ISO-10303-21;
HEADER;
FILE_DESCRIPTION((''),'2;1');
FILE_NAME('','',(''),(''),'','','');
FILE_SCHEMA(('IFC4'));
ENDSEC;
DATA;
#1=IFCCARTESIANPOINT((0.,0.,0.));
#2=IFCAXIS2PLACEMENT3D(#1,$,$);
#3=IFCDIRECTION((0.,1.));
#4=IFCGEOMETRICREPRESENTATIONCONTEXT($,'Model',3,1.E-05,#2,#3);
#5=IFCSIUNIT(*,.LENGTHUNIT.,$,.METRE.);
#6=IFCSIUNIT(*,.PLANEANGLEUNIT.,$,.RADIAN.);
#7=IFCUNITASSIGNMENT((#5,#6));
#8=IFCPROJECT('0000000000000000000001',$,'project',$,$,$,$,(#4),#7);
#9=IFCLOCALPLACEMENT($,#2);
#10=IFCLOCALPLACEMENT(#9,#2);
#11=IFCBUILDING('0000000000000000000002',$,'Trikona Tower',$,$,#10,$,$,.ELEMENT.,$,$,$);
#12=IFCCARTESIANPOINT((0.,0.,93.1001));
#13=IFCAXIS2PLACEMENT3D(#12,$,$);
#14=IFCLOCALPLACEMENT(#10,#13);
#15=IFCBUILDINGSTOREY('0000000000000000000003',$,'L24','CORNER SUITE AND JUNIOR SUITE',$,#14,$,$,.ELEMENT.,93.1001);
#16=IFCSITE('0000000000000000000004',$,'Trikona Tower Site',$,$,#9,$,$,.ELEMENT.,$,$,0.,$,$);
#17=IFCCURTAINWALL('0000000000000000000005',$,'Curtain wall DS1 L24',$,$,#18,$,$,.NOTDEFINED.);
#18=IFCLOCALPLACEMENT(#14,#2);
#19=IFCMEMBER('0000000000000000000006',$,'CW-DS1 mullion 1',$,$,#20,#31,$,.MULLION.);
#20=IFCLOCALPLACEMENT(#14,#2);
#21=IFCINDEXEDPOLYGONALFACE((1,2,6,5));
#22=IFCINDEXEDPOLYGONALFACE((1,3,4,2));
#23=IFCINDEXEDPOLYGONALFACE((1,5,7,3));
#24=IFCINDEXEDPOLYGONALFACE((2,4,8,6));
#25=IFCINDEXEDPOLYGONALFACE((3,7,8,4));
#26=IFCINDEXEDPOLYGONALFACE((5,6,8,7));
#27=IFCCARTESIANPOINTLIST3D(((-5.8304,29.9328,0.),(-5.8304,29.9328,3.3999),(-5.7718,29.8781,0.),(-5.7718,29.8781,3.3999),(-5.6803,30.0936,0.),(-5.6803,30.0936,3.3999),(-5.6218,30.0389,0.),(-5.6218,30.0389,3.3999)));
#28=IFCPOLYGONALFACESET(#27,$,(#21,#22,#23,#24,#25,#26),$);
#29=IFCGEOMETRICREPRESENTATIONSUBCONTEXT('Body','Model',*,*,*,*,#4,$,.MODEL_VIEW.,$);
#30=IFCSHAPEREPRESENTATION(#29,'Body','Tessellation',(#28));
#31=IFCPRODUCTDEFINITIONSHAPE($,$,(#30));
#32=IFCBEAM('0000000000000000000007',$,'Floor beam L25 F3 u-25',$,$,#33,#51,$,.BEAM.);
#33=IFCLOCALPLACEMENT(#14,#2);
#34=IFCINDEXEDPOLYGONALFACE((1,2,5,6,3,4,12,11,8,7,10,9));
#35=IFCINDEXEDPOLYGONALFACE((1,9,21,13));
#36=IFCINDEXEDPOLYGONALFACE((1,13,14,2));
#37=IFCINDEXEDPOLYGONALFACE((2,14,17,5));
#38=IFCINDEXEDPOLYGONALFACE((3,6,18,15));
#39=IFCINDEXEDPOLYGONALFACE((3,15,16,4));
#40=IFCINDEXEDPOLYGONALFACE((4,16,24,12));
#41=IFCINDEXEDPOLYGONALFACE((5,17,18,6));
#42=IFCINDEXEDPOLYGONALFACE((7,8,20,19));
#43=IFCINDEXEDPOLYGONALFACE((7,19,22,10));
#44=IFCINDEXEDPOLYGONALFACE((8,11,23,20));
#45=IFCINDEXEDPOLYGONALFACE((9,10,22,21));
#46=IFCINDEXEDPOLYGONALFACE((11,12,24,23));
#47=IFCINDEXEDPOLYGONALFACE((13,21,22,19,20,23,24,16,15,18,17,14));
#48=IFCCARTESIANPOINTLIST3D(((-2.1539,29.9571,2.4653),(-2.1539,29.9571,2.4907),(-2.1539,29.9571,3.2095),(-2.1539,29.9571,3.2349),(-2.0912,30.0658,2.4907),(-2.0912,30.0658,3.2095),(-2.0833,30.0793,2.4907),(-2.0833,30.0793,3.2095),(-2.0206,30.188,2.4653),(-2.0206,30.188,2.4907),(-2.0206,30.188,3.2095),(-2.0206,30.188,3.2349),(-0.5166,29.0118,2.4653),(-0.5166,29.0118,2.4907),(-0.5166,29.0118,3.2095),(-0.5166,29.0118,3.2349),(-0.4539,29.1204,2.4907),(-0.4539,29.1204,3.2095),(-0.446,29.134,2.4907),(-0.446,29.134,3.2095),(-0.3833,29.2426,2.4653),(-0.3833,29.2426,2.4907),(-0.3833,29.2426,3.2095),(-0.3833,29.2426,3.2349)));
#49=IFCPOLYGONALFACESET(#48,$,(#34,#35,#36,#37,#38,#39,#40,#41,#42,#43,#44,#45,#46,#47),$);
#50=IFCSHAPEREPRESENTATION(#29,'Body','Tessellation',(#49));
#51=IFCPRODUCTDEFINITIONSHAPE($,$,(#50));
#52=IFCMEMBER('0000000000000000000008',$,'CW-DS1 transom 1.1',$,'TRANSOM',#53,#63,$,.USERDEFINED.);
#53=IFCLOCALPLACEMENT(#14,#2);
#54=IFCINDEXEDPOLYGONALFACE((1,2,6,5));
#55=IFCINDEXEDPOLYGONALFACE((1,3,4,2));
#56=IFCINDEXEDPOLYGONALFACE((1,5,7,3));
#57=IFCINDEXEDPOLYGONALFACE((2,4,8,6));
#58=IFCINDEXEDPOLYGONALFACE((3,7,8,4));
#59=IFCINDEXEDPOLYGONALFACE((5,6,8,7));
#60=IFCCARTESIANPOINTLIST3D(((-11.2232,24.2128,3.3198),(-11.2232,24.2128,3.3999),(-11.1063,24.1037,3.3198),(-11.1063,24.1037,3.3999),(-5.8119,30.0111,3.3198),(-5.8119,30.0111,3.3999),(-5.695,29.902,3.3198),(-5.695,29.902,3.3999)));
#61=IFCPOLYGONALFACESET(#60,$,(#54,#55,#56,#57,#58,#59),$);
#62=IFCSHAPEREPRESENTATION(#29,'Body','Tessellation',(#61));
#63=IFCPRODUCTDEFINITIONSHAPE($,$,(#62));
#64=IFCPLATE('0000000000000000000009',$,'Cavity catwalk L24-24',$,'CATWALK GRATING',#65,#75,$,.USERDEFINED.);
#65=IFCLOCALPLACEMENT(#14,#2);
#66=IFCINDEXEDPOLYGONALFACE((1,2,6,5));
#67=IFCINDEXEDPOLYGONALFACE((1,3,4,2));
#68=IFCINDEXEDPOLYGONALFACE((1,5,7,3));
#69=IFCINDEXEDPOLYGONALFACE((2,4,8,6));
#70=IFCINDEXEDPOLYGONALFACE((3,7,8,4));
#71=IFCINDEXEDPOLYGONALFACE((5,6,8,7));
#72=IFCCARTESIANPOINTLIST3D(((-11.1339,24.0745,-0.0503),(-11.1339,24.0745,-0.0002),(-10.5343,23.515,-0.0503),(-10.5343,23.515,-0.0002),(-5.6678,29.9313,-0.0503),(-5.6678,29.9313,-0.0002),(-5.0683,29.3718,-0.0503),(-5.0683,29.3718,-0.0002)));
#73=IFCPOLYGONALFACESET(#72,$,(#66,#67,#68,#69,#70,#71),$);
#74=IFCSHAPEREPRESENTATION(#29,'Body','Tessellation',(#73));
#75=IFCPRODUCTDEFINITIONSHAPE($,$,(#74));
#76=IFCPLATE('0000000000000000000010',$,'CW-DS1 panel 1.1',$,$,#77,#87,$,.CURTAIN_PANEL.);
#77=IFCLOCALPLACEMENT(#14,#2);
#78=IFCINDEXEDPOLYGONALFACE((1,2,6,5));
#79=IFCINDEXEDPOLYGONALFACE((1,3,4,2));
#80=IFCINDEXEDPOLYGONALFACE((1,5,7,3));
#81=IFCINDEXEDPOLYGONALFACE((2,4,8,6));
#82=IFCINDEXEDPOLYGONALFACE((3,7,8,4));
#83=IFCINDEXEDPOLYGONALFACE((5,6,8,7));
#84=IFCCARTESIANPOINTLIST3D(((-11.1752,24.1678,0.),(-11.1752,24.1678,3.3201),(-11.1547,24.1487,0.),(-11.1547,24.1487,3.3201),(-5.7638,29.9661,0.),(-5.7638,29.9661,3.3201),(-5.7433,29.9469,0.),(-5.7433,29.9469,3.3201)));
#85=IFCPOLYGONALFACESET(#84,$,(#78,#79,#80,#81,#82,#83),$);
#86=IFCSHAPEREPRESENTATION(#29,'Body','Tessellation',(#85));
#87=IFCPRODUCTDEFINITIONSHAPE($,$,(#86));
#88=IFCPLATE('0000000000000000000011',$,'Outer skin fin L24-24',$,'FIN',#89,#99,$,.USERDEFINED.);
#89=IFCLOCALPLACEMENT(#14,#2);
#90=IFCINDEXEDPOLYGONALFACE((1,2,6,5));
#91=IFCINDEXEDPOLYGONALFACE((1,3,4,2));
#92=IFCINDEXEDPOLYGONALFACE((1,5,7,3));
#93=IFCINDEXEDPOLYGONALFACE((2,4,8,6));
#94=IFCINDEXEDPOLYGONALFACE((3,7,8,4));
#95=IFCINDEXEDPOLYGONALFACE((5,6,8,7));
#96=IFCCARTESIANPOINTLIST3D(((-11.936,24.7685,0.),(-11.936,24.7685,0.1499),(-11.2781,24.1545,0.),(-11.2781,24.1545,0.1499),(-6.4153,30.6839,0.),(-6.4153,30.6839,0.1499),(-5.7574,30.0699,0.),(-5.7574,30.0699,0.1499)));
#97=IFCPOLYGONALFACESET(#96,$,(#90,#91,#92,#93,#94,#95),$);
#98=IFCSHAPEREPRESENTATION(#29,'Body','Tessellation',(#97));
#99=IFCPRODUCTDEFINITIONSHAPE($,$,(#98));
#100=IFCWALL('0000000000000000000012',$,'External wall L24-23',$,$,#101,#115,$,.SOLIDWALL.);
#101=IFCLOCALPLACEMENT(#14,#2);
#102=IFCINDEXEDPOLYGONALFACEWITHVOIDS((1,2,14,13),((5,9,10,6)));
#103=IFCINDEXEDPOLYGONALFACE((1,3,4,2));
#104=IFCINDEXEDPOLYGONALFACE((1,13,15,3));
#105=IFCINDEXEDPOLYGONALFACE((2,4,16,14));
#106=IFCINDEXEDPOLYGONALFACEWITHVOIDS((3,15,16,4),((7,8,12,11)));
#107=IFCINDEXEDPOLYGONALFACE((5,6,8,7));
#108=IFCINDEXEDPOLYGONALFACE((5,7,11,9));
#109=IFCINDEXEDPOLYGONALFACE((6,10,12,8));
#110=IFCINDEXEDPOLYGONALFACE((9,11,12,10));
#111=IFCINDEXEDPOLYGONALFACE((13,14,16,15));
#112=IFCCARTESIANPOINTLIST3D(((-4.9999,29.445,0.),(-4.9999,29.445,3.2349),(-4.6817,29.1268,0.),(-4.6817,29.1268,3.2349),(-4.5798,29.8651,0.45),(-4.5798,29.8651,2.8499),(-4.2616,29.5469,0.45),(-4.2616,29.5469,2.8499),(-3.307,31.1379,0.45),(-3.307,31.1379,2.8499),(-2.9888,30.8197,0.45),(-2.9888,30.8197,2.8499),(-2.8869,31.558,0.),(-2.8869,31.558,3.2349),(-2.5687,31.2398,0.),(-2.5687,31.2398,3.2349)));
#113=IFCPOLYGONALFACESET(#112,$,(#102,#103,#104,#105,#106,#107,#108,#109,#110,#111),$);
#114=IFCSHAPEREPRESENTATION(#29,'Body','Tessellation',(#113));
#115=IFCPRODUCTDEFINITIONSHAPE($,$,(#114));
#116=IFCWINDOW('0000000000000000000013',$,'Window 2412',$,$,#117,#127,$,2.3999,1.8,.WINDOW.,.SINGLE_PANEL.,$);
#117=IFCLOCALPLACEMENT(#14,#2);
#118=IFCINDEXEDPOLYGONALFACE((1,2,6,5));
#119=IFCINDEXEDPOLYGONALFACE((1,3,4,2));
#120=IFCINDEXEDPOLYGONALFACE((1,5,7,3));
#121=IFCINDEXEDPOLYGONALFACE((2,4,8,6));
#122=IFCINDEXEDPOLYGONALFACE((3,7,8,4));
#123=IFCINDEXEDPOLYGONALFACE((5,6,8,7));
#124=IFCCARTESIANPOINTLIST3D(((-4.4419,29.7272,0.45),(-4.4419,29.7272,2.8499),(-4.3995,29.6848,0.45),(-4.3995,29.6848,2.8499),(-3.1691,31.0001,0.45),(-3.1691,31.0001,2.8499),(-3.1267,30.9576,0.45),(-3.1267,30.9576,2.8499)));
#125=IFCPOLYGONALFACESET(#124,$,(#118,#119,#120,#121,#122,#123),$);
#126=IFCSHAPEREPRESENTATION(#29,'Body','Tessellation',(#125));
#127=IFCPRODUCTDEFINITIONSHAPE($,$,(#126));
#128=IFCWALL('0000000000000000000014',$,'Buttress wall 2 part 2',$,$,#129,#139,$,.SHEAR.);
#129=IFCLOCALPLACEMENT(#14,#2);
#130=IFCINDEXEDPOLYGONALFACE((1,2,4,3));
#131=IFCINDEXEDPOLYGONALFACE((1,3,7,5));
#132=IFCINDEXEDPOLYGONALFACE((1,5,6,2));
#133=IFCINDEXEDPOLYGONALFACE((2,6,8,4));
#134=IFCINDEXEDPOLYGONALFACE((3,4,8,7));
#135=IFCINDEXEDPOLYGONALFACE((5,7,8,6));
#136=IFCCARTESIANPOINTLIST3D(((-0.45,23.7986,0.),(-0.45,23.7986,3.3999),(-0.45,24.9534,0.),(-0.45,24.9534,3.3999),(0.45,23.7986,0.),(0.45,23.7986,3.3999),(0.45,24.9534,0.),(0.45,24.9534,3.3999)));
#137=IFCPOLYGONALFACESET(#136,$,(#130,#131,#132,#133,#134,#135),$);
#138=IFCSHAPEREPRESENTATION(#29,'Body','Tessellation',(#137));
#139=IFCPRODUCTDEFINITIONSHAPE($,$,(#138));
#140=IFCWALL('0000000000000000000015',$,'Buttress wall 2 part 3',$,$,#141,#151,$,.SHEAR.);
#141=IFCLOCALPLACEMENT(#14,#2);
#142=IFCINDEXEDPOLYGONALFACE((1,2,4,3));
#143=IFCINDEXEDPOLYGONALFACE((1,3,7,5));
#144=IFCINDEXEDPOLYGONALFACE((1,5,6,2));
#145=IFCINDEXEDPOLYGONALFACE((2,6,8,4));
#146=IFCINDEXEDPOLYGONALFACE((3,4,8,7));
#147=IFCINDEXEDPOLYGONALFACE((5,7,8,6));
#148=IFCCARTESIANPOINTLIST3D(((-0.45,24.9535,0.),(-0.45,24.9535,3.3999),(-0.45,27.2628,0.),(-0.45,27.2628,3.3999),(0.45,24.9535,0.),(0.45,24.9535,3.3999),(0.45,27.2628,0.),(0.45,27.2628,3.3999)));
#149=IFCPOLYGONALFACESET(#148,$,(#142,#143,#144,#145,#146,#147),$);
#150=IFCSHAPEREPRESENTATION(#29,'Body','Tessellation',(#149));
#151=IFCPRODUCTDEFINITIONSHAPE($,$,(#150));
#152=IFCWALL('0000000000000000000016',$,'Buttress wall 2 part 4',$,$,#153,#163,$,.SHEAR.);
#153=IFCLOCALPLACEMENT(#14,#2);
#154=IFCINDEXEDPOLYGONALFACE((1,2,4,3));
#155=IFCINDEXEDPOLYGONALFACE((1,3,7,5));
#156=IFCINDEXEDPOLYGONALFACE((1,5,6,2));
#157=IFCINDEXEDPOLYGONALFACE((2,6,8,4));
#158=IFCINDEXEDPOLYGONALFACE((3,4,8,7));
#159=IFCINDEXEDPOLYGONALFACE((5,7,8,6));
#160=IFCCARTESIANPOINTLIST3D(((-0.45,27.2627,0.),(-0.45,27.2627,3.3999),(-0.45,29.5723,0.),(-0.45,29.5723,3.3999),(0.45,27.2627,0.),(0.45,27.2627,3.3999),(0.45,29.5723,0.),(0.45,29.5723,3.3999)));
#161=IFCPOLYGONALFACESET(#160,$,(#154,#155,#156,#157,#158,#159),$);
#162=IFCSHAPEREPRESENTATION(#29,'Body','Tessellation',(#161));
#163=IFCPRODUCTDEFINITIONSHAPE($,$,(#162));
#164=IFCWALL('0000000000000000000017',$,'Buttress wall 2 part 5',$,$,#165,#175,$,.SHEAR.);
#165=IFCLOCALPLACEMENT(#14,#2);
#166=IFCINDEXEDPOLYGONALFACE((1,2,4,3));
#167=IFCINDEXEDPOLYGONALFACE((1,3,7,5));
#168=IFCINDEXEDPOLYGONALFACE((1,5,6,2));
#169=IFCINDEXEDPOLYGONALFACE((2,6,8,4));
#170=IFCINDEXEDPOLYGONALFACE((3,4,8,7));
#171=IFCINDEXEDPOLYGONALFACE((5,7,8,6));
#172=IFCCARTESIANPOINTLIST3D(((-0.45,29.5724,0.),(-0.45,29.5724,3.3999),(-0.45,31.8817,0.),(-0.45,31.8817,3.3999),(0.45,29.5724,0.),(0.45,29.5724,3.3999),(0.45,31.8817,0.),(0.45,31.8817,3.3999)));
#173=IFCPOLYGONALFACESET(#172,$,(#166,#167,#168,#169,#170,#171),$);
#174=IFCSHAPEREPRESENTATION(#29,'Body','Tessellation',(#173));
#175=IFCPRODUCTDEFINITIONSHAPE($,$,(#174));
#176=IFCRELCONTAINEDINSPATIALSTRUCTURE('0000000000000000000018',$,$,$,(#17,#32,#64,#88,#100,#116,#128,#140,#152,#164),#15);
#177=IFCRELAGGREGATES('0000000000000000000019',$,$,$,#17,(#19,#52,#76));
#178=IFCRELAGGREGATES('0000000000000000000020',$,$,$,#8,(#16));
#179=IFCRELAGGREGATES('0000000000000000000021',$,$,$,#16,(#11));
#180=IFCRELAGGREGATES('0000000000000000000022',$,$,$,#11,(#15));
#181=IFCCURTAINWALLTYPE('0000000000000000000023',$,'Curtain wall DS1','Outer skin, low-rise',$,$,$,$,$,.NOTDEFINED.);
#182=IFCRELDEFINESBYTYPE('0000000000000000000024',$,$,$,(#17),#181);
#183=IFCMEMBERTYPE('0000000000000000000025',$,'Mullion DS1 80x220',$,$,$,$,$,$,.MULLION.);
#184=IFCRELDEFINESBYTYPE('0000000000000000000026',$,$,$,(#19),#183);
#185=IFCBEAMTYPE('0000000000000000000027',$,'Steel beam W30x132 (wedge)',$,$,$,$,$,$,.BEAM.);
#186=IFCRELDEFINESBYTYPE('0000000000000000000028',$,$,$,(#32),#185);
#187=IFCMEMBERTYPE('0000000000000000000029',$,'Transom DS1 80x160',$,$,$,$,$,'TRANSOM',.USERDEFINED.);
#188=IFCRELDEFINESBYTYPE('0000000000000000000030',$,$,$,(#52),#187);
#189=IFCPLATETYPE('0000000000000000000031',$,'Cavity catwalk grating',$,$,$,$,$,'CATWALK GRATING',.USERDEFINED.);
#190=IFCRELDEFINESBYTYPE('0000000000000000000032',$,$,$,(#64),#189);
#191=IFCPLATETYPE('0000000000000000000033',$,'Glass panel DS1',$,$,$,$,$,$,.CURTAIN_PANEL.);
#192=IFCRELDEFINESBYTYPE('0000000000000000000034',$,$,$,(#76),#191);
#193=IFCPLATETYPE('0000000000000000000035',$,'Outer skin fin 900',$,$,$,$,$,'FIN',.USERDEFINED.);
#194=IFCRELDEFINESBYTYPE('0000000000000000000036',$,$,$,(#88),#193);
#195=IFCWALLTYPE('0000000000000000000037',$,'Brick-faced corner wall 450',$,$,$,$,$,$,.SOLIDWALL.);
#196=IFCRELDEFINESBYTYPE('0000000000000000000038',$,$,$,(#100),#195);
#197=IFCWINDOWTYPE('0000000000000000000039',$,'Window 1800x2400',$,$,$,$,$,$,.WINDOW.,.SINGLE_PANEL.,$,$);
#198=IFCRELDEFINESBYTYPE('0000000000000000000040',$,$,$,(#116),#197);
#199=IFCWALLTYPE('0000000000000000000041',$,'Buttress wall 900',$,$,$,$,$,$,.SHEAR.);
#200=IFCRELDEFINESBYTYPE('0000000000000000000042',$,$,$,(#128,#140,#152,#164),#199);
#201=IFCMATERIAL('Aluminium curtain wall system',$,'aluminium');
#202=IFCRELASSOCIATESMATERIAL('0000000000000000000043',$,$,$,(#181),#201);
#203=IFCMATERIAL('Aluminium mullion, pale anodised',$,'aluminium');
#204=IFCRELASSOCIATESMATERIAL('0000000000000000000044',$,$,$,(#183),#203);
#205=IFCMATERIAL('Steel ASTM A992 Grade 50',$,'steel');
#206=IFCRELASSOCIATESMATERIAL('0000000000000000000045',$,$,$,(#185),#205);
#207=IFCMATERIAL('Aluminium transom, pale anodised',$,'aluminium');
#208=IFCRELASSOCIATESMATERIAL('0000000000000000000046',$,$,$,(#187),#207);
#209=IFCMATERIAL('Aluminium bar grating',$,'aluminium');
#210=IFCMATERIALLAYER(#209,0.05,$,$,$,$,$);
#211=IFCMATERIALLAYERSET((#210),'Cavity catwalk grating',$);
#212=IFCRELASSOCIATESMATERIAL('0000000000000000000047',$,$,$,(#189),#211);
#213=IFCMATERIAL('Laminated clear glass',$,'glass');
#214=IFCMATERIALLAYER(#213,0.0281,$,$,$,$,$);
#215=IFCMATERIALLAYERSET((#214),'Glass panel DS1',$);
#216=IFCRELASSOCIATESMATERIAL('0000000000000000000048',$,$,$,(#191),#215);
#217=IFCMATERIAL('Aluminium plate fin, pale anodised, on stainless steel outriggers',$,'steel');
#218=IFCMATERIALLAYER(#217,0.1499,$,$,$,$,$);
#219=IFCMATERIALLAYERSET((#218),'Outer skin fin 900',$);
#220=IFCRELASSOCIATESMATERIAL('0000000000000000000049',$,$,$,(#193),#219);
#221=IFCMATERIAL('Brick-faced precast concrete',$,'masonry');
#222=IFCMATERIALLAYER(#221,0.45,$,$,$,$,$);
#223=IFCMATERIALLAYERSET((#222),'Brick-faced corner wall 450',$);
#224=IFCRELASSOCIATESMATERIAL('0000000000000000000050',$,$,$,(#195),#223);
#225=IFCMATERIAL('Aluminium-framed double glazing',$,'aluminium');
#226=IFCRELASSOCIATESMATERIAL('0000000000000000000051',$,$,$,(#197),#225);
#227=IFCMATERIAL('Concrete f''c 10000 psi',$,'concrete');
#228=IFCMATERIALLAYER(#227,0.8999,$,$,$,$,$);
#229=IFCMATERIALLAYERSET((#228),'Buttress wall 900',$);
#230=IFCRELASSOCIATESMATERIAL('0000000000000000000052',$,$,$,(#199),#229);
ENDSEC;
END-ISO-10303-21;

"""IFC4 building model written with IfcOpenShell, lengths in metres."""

from ifc_helpers import new_model, si_unit, direction, frame, frame_2d, origin, origin_2d, place, context, subcontext, project, spatial, rectangle, i_section, extrude, material, layer, layer_set, material_profile, profile_set, type_object, element, fill, aggregate, save


model = new_model("IFC4")

# Units and contexts
model_context = context("Model", 3, precision=1e-05, world=origin(), true_north=direction((0.0, 1.0)))
body_context = subcontext(model_context, "Body", "Model", "MODEL_VIEW")
ifc_project = project(units=[si_unit("LENGTHUNIT", "METRE"), si_unit("PLANEANGLEUNIT", "RADIAN")], contexts=[model_context])

# Site, building, storey
site_placement = place(None, origin())
site = spatial("IfcSite", under=ifc_project, at=site_placement, Name="Trikona Tower Site", CompositionType="ELEMENT", RefElevation=0.0)
building_placement = place(site_placement, origin())
building = spatial("IfcBuilding", under=site, at=building_placement, Name="Trikona Tower", CompositionType="ELEMENT")
storey_placement = place(building_placement, frame((0.0, 0.0, 93.1001)))
storey = spatial("IfcBuildingStorey", under=building, at=storey_placement, Name="L24", Description="CORNER SUITE AND JUNIOR SUITE", CompositionType="ELEMENT", Elevation=93.1001)

# Curtain wall, member
ifc_material_1 = material(Name="Aluminium curtain wall system", Category="aluminium")
curtain_wall_type = type_object("IfcCurtainWallType", Name="Curtain wall DS1", Description="Outer skin, low-rise", PredefinedType="NOTDEFINED", material=ifc_material_1)
curtain_wall_placement = place(storey_placement, origin())
curtain_wall = element("IfcCurtainWall", 1, at=curtain_wall_placement, inside=storey, type_object=curtain_wall_type, Name="Curtain wall DS1 L24", PredefinedType="NOTDEFINED")
ifc_material_2 = material(Name="Aluminium mullion, pale anodised", Category="aluminium")
ifc_material_profile_1 = material_profile(ifc_material_2, rectangle(XDim=0.0801, YDim=0.22, at=origin_2d()), Name="MUL-DS1")
ifc_profile_set_1 = profile_set([ifc_material_profile_1], Name="Aluminium mullion, pale anodised")
member_type_1 = type_object("IfcMemberType", Name="Mullion DS1 80x220", PredefinedType="MULLION", material=ifc_profile_set_1)
member_1_placement = place(storey_placement, frame((-5.7261, 29.9858, 0.0), z_axis=(0.0, 0.0, 1.0), x_axis=(0.731077, -0.682295, 0.0)))
member_1 = element("IfcMember", 2, at=member_1_placement, type_object=member_type_1, Name="CW-DS1 mullion 1", PredefinedType="MULLION", context=body_context, shape_type="SweptSolid", body=[
    extrude(rectangle(XDim=0.0801, YDim=0.22, at=origin_2d()), origin(), (0.0, 0.0, 1.0), 3.3999),
])

# Beam
ifc_material_3 = material(Name="Steel ASTM A992 Grade 50", Category="steel")
ifc_material_profile_2 = material_profile(ifc_material_3, i_section(OverallWidth=0.2666, OverallDepth=0.7695, WebThickness=0.0156, FlangeThickness=0.0254, at=origin_2d()), Name="W30X132")
ifc_profile_set_2 = profile_set([ifc_material_profile_2], Name="Steel ASTM A992 Grade 50")
beam_type = type_object("IfcBeamType", Name="Steel beam W30x132 (wedge)", PredefinedType="BEAM", material=ifc_profile_set_2)
beam_placement = place(storey_placement, frame((-0.45, 29.1272, 2.8501), z_axis=(-0.866009, 0.500028, 0.0), x_axis=(-0.500028, -0.866009, 0.0)))
element("IfcBeam", 3, at=beam_placement, inside=storey, type_object=beam_type, Name="Floor beam L25 F3 u-25", PredefinedType="BEAM", context=body_context, shape_type="SweptSolid", body=[
    extrude(i_section(OverallWidth=0.2666, OverallDepth=0.7695, WebThickness=0.0156, FlangeThickness=0.0254, at=origin_2d()), origin(), (0.0, 0.0, 1.0), 1.8906),
])

# Member
ifc_material_4 = material(Name="Aluminium transom, pale anodised", Category="aluminium")
ifc_material_profile_3 = material_profile(ifc_material_4, rectangle(XDim=0.1599, YDim=0.0801, at=origin_2d()), Name="TRN-DS1")
ifc_profile_set_3 = profile_set([ifc_material_profile_3], Name="Aluminium transom, pale anodised")
member_type_2 = type_object("IfcMemberType", Name="Transom DS1 80x160", ElementType="TRANSOM", PredefinedType="USERDEFINED", material=ifc_profile_set_3)
member_2_placement = place(storey_placement, frame((-5.7534, 29.9565, 3.3599), z_axis=(-0.682291, -0.731081, 0.0), x_axis=(0.731081, -0.682291, 0.0)))
member_2 = element("IfcMember", 4, at=member_2_placement, type_object=member_type_2, Name="CW-DS1 transom 1.1", ObjectType="TRANSOM", PredefinedType="USERDEFINED", context=body_context, shape_type="SweptSolid", body=[
    extrude(rectangle(XDim=0.1599, YDim=0.0801, at=origin_2d()), origin(), (0.0, 0.0, 1.0), 7.9312),
])

# Plates
ifc_material_5 = material(Name="Aluminium bar grating", Category="aluminium")
ifc_layer_1 = layer(ifc_material_5, 0.05)
ifc_layer_set_1 = layer_set([ifc_layer_1], Name="Cavity catwalk grating")
plate_type_1 = type_object("IfcPlateType", Name="Cavity catwalk grating", ElementType="CATWALK GRATING", PredefinedType="USERDEFINED", material=ifc_layer_set_1)
plate_1_placement = place(storey_placement, frame((-8.1011, 26.7231, -0.0503), z_axis=(0.0, 0.0, 1.0), x_axis=(-0.682298, -0.731074, 0.0)))
element("IfcPlate", 5, at=plate_1_placement, inside=storey, type_object=plate_type_1, Name="Cavity catwalk L24-24", ObjectType="CATWALK GRATING", PredefinedType="USERDEFINED", context=body_context, shape_type="SweptSolid", body=[
    extrude(rectangle(XDim=8.0112, YDim=0.8201, at=origin_2d()), origin(), (0.0, 0.0, 1.0), 0.05),
])
ifc_material_6 = material(Name="Laminated clear glass", Category="glass")
ifc_layer_2 = layer(ifc_material_6, 0.0281)
ifc_layer_set_2 = layer_set([ifc_layer_2], Name="Glass panel DS1")
plate_type_2 = type_object("IfcPlateType", Name="Glass panel DS1", PredefinedType="CURTAIN_PANEL", material=ifc_layer_set_2)
plate_2_placement = place(storey_placement, frame((-8.4592, 27.0574, 0.0), z_axis=(0.0, 0.0, 1.0), x_axis=(-0.682295, -0.731077, 0.0)))
plate_2 = element("IfcPlate", 6, at=plate_2_placement, type_object=plate_type_2, Name="CW-DS1 panel 1.1", PredefinedType="CURTAIN_PANEL", context=body_context, shape_type="SweptSolid", body=[
    extrude(rectangle(XDim=7.9312, YDim=0.0281, at=origin_2d()), origin(), (0.0, 0.0, 1.0), 3.3201),
])
aggregate(curtain_wall, [member_1, member_2, plate_2])
ifc_material_7 = material(Name="Aluminium plate fin, pale anodised, on stainless steel outriggers", Category="steel")
ifc_layer_3 = layer(ifc_material_7, 0.1499)
ifc_layer_set_3 = layer_set([ifc_layer_3], Name="Outer skin fin 900")
plate_type_3 = type_object("IfcPlateType", Name="Outer skin fin 900", ElementType="FIN", PredefinedType="USERDEFINED", material=ifc_layer_set_3)
plate_3_placement = place(storey_placement, frame((-8.8467, 27.4192, 0.0), z_axis=(0.0, 0.0, 1.0), x_axis=(-0.682298, -0.731074, 0.0)))
element("IfcPlate", 7, at=plate_3_placement, inside=storey, type_object=plate_type_3, Name="Outer skin fin L24-24", ObjectType="FIN", PredefinedType="USERDEFINED", context=body_context, shape_type="SweptSolid", body=[
    extrude(rectangle(XDim=8.0913, YDim=0.8999, at=origin_2d()), origin(), (0.0, 0.0, 1.0), 0.1499),
])

# Wall, opening, window
ifc_material_8 = material(Name="Brick-faced precast concrete", Category="masonry")
ifc_layer_4 = layer(ifc_material_8, 0.45)
ifc_layer_set_4 = layer_set([ifc_layer_4], Name="Brick-faced corner wall 450")
wall_type_1 = type_object("IfcWallType", Name="Brick-faced corner wall 450", PredefinedType="SOLIDWALL", material=ifc_layer_set_4)
wall_1_placement = place(storey_placement, frame((-2.7278, 31.3989, 0.0), z_axis=(0.0, 0.0, 1.0), x_axis=(-0.707107, -0.707107, 0.0)))
wall_1 = element("IfcWall", 8, at=wall_1_placement, inside=storey, type_object=wall_type_1, Name="External wall L24-23", PredefinedType="SOLIDWALL", context=body_context, shape_type="SweptSolid", body=[
    extrude(rectangle(XDim=2.9883, YDim=0.45, at=frame_2d((1.4941, 0.0))), origin(), (0.0, 0.0, 1.0), 3.2349),
])
opening_1_placement = place(wall_1_placement, frame((0.5942, 0.0, 0.45)))
opening_1 = element("IfcOpeningElement", 9, at=opening_1_placement, cuts=wall_1, PredefinedType="OPENING", context=body_context, shape_type="SweptSolid", body=[
    extrude(rectangle(XDim=1.8, YDim=2.3999, at=frame_2d((0.8999, 1.2))), frame((0.0, 0.2349, 0.0), z_axis=(0.0, -1.0, 0.0), x_axis=(1.0, 0.0, 0.0)), (0.0, 0.0, 1.0), 0.47),
])
ifc_material_9 = material(Name="Aluminium-framed double glazing", Category="aluminium")
window_type_1 = type_object("IfcWindowType", Name="Window 1800x2400", PartitioningType="SINGLE_PANEL", PredefinedType="WINDOW", material=ifc_material_9)
window_1_placement = place(opening_1_placement, origin())
window_1 = element("IfcWindow", 10, at=window_1_placement, inside=storey, type_object=window_type_1, Name="Window 2412", OverallHeight=2.3999, OverallWidth=1.8, PartitioningType="SINGLE_PANEL", PredefinedType="WINDOW", context=body_context, shape_type="SweptSolid", body=[
    extrude(rectangle(XDim=1.8, YDim=2.3999, at=frame_2d((0.8999, 1.2))), frame((0.0, 0.03, 0.0), z_axis=(0.0, -1.0, 0.0), x_axis=(1.0, 0.0, 0.0)), (0.0, 0.0, 1.0), 0.0601),
])
fill(opening_1, window_1)

# Walls
ifc_material_10 = material(Name="Concrete f'c 10000 psi", Category="concrete")
ifc_layer_5 = layer(ifc_material_10, 0.8999)
ifc_layer_set_5 = layer_set([ifc_layer_5], Name="Buttress wall 900")
wall_type_2 = type_object("IfcWallType", Name="Buttress wall 900", PredefinedType="SHEAR", material=ifc_layer_set_5)
wall_2_placement = place(storey_placement, frame((0.0, 23.7986, 0.0), z_axis=(0.0, 0.0, 1.0), x_axis=(0.0, 1.0, 0.0)))
element("IfcWall", 11, at=wall_2_placement, inside=storey, type_object=wall_type_2, Name="Buttress wall 2 part 2", PredefinedType="SHEAR", context=body_context, shape_type="SweptSolid", body=[
    extrude(rectangle(XDim=1.1548, YDim=0.8999, at=frame_2d((0.5774, 0.0))), origin(), (0.0, 0.0, 1.0), 3.3999),
])
wall_3_placement = place(storey_placement, frame((0.0, 24.9534, 0.0), z_axis=(0.0, 0.0, 1.0), x_axis=(0.0, 1.0, 0.0)))
element("IfcWall", 12, at=wall_3_placement, inside=storey, type_object=wall_type_2, Name="Buttress wall 2 part 3", PredefinedType="SHEAR", context=body_context, shape_type="SweptSolid", body=[
    extrude(rectangle(XDim=2.3093, YDim=0.8999, at=frame_2d((1.1548, 0.0))), origin(), (0.0, 0.0, 1.0), 3.3999),
])
wall_4_placement = place(storey_placement, frame((0.0, 27.2627, 0.0), z_axis=(0.0, 0.0, 1.0), x_axis=(0.0, 1.0, 0.0)))
element("IfcWall", 13, at=wall_4_placement, inside=storey, type_object=wall_type_2, Name="Buttress wall 2 part 4", PredefinedType="SHEAR", context=body_context, shape_type="SweptSolid", body=[
    extrude(rectangle(XDim=2.3096, YDim=0.8999, at=frame_2d((1.1548, 0.0))), origin(), (0.0, 0.0, 1.0), 3.3999),
])
wall_5_placement = place(storey_placement, frame((0.0, 29.5723, 0.0), z_axis=(0.0, 0.0, 1.0), x_axis=(0.0, 1.0, 0.0)))
element("IfcWall", 14, at=wall_5_placement, inside=storey, type_object=wall_type_2, Name="Buttress wall 2 part 5", PredefinedType="SHEAR", context=body_context, shape_type="SweptSolid", body=[
    extrude(rectangle(XDim=2.3093, YDim=0.8999, at=frame_2d((1.1548, 0.0))), origin(), (0.0, 0.0, 1.0), 3.3999),
])

save(model, "model.ifc")
